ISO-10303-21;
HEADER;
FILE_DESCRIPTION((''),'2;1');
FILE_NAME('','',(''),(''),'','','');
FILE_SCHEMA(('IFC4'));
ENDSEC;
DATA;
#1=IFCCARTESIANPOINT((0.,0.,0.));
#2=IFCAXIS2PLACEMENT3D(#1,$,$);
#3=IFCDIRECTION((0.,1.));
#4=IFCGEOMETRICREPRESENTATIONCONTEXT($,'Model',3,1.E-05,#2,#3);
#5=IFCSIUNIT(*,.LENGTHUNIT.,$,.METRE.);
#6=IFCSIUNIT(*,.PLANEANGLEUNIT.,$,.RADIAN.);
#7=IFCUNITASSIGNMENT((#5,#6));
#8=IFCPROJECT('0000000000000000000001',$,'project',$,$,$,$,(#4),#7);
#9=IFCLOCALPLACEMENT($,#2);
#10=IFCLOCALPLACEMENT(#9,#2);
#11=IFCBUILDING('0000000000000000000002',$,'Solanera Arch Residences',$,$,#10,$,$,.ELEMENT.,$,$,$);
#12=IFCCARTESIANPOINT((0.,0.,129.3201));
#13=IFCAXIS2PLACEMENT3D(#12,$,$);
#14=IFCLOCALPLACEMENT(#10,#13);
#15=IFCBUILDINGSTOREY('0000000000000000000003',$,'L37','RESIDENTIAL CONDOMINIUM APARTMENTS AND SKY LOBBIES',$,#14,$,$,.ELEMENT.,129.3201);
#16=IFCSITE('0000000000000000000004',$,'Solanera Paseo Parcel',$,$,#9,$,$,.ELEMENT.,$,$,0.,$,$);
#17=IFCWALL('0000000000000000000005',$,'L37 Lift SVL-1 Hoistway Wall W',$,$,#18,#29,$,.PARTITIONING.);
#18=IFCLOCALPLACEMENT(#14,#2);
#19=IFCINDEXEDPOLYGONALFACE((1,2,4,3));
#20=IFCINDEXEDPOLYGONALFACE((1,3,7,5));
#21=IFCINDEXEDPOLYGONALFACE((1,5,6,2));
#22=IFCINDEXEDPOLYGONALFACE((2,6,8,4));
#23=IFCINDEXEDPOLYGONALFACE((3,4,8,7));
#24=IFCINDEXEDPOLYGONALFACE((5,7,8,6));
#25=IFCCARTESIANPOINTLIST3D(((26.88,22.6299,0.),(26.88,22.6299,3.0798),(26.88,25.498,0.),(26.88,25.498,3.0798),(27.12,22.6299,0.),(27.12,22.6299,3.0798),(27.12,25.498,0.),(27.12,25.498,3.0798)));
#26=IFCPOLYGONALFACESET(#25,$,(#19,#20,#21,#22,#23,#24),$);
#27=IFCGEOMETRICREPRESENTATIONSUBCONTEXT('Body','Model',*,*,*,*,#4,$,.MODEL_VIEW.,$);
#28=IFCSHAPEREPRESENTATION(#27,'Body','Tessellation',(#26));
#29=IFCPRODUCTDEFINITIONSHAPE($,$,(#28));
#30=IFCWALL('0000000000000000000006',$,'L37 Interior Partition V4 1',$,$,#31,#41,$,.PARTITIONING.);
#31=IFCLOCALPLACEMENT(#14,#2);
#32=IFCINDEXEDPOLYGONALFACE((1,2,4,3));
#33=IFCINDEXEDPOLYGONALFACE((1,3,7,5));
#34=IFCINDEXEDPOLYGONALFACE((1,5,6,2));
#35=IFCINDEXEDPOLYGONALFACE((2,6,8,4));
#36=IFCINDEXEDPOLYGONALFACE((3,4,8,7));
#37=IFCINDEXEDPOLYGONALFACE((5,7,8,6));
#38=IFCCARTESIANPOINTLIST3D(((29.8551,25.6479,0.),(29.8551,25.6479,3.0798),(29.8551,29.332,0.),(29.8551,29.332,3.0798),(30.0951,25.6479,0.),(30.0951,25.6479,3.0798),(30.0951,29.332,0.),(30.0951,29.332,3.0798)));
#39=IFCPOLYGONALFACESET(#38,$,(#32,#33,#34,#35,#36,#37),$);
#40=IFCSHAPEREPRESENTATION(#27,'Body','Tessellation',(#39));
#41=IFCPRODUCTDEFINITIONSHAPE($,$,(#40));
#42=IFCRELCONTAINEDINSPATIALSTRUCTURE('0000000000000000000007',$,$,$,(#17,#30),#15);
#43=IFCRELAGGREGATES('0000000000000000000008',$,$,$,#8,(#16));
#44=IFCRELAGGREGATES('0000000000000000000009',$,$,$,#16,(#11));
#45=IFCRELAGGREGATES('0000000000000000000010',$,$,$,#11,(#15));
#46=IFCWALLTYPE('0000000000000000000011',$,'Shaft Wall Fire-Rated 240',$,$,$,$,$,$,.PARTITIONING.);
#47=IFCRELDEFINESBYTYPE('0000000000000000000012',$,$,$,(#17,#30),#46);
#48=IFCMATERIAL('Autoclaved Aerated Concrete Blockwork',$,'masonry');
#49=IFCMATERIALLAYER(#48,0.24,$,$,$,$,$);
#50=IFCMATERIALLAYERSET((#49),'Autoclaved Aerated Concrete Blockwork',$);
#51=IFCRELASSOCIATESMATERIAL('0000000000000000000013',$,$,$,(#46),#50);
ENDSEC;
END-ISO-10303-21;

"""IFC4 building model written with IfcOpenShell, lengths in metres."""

from ifc_helpers import new_model, si_unit, direction, frame, frame_2d, origin, place, context, subcontext, project, spatial, rectangle, extrude, material, layer, layer_set, type_object, element, save


model = new_model("IFC4")

# Units and contexts
model_context = context("Model", 3, precision=1e-05, world=origin(), true_north=direction((0.0, 1.0)))
body_context = subcontext(model_context, "Body", "Model", "MODEL_VIEW")
ifc_project = project(units=[si_unit("LENGTHUNIT", "METRE"), si_unit("PLANEANGLEUNIT", "RADIAN")], contexts=[model_context])

# Site, building, storey
site_placement = place(None, origin())
site = spatial("IfcSite", under=ifc_project, at=site_placement, Name="Solanera Paseo Parcel", CompositionType="ELEMENT", RefElevation=0.0)
building_placement = place(site_placement, origin())
building = spatial("IfcBuilding", under=site, at=building_placement, Name="Solanera Arch Residences", CompositionType="ELEMENT")
storey_placement = place(building_placement, frame((0.0, 0.0, 129.3201)))
storey = spatial("IfcBuildingStorey", under=building, at=storey_placement, Name="L37", Description="RESIDENTIAL CONDOMINIUM APARTMENTS AND SKY LOBBIES", CompositionType="ELEMENT", Elevation=129.3201)

# Walls
ifc_material_1 = material(Name="Autoclaved Aerated Concrete Blockwork", Category="masonry")
ifc_layer_1 = layer(ifc_material_1, 0.24)
ifc_layer_set_1 = layer_set([ifc_layer_1], Name="Autoclaved Aerated Concrete Blockwork")
wall_type_1 = type_object("IfcWallType", Name="Shaft Wall Fire-Rated 240", PredefinedType="PARTITIONING", material=ifc_layer_set_1)
wall_1_placement = place(storey_placement, frame((27.0, 22.6299, 0.0), z_axis=(0.0, 0.0, 1.0), x_axis=(0.0, 1.0, 0.0)))
element("IfcWall", 1, at=wall_1_placement, inside=storey, type_object=wall_type_1, Name="L37 Lift SVL-1 Hoistway Wall W", PredefinedType="PARTITIONING", context=body_context, shape_type="SweptSolid", body=[
    extrude(rectangle(XDim=2.8682, YDim=0.24, at=frame_2d((1.4341, 0.0))), origin(), (0.0, 0.0, 1.0), 3.0798),
])
wall_2_placement = place(storey_placement, frame((29.9751, 25.6479, 0.0), z_axis=(0.0, 0.0, 1.0), x_axis=(0.0, 1.0, 0.0)))
element("IfcWall", 2, at=wall_2_placement, inside=storey, type_object=wall_type_1, Name="L37 Interior Partition V4 1", PredefinedType="PARTITIONING", context=body_context, shape_type="SweptSolid", body=[
    extrude(rectangle(XDim=3.6841, YDim=0.24, at=frame_2d((1.842, 0.0))), origin(), (0.0, 0.0, 1.0), 3.0798),
])

save(model, "model.ifc")
